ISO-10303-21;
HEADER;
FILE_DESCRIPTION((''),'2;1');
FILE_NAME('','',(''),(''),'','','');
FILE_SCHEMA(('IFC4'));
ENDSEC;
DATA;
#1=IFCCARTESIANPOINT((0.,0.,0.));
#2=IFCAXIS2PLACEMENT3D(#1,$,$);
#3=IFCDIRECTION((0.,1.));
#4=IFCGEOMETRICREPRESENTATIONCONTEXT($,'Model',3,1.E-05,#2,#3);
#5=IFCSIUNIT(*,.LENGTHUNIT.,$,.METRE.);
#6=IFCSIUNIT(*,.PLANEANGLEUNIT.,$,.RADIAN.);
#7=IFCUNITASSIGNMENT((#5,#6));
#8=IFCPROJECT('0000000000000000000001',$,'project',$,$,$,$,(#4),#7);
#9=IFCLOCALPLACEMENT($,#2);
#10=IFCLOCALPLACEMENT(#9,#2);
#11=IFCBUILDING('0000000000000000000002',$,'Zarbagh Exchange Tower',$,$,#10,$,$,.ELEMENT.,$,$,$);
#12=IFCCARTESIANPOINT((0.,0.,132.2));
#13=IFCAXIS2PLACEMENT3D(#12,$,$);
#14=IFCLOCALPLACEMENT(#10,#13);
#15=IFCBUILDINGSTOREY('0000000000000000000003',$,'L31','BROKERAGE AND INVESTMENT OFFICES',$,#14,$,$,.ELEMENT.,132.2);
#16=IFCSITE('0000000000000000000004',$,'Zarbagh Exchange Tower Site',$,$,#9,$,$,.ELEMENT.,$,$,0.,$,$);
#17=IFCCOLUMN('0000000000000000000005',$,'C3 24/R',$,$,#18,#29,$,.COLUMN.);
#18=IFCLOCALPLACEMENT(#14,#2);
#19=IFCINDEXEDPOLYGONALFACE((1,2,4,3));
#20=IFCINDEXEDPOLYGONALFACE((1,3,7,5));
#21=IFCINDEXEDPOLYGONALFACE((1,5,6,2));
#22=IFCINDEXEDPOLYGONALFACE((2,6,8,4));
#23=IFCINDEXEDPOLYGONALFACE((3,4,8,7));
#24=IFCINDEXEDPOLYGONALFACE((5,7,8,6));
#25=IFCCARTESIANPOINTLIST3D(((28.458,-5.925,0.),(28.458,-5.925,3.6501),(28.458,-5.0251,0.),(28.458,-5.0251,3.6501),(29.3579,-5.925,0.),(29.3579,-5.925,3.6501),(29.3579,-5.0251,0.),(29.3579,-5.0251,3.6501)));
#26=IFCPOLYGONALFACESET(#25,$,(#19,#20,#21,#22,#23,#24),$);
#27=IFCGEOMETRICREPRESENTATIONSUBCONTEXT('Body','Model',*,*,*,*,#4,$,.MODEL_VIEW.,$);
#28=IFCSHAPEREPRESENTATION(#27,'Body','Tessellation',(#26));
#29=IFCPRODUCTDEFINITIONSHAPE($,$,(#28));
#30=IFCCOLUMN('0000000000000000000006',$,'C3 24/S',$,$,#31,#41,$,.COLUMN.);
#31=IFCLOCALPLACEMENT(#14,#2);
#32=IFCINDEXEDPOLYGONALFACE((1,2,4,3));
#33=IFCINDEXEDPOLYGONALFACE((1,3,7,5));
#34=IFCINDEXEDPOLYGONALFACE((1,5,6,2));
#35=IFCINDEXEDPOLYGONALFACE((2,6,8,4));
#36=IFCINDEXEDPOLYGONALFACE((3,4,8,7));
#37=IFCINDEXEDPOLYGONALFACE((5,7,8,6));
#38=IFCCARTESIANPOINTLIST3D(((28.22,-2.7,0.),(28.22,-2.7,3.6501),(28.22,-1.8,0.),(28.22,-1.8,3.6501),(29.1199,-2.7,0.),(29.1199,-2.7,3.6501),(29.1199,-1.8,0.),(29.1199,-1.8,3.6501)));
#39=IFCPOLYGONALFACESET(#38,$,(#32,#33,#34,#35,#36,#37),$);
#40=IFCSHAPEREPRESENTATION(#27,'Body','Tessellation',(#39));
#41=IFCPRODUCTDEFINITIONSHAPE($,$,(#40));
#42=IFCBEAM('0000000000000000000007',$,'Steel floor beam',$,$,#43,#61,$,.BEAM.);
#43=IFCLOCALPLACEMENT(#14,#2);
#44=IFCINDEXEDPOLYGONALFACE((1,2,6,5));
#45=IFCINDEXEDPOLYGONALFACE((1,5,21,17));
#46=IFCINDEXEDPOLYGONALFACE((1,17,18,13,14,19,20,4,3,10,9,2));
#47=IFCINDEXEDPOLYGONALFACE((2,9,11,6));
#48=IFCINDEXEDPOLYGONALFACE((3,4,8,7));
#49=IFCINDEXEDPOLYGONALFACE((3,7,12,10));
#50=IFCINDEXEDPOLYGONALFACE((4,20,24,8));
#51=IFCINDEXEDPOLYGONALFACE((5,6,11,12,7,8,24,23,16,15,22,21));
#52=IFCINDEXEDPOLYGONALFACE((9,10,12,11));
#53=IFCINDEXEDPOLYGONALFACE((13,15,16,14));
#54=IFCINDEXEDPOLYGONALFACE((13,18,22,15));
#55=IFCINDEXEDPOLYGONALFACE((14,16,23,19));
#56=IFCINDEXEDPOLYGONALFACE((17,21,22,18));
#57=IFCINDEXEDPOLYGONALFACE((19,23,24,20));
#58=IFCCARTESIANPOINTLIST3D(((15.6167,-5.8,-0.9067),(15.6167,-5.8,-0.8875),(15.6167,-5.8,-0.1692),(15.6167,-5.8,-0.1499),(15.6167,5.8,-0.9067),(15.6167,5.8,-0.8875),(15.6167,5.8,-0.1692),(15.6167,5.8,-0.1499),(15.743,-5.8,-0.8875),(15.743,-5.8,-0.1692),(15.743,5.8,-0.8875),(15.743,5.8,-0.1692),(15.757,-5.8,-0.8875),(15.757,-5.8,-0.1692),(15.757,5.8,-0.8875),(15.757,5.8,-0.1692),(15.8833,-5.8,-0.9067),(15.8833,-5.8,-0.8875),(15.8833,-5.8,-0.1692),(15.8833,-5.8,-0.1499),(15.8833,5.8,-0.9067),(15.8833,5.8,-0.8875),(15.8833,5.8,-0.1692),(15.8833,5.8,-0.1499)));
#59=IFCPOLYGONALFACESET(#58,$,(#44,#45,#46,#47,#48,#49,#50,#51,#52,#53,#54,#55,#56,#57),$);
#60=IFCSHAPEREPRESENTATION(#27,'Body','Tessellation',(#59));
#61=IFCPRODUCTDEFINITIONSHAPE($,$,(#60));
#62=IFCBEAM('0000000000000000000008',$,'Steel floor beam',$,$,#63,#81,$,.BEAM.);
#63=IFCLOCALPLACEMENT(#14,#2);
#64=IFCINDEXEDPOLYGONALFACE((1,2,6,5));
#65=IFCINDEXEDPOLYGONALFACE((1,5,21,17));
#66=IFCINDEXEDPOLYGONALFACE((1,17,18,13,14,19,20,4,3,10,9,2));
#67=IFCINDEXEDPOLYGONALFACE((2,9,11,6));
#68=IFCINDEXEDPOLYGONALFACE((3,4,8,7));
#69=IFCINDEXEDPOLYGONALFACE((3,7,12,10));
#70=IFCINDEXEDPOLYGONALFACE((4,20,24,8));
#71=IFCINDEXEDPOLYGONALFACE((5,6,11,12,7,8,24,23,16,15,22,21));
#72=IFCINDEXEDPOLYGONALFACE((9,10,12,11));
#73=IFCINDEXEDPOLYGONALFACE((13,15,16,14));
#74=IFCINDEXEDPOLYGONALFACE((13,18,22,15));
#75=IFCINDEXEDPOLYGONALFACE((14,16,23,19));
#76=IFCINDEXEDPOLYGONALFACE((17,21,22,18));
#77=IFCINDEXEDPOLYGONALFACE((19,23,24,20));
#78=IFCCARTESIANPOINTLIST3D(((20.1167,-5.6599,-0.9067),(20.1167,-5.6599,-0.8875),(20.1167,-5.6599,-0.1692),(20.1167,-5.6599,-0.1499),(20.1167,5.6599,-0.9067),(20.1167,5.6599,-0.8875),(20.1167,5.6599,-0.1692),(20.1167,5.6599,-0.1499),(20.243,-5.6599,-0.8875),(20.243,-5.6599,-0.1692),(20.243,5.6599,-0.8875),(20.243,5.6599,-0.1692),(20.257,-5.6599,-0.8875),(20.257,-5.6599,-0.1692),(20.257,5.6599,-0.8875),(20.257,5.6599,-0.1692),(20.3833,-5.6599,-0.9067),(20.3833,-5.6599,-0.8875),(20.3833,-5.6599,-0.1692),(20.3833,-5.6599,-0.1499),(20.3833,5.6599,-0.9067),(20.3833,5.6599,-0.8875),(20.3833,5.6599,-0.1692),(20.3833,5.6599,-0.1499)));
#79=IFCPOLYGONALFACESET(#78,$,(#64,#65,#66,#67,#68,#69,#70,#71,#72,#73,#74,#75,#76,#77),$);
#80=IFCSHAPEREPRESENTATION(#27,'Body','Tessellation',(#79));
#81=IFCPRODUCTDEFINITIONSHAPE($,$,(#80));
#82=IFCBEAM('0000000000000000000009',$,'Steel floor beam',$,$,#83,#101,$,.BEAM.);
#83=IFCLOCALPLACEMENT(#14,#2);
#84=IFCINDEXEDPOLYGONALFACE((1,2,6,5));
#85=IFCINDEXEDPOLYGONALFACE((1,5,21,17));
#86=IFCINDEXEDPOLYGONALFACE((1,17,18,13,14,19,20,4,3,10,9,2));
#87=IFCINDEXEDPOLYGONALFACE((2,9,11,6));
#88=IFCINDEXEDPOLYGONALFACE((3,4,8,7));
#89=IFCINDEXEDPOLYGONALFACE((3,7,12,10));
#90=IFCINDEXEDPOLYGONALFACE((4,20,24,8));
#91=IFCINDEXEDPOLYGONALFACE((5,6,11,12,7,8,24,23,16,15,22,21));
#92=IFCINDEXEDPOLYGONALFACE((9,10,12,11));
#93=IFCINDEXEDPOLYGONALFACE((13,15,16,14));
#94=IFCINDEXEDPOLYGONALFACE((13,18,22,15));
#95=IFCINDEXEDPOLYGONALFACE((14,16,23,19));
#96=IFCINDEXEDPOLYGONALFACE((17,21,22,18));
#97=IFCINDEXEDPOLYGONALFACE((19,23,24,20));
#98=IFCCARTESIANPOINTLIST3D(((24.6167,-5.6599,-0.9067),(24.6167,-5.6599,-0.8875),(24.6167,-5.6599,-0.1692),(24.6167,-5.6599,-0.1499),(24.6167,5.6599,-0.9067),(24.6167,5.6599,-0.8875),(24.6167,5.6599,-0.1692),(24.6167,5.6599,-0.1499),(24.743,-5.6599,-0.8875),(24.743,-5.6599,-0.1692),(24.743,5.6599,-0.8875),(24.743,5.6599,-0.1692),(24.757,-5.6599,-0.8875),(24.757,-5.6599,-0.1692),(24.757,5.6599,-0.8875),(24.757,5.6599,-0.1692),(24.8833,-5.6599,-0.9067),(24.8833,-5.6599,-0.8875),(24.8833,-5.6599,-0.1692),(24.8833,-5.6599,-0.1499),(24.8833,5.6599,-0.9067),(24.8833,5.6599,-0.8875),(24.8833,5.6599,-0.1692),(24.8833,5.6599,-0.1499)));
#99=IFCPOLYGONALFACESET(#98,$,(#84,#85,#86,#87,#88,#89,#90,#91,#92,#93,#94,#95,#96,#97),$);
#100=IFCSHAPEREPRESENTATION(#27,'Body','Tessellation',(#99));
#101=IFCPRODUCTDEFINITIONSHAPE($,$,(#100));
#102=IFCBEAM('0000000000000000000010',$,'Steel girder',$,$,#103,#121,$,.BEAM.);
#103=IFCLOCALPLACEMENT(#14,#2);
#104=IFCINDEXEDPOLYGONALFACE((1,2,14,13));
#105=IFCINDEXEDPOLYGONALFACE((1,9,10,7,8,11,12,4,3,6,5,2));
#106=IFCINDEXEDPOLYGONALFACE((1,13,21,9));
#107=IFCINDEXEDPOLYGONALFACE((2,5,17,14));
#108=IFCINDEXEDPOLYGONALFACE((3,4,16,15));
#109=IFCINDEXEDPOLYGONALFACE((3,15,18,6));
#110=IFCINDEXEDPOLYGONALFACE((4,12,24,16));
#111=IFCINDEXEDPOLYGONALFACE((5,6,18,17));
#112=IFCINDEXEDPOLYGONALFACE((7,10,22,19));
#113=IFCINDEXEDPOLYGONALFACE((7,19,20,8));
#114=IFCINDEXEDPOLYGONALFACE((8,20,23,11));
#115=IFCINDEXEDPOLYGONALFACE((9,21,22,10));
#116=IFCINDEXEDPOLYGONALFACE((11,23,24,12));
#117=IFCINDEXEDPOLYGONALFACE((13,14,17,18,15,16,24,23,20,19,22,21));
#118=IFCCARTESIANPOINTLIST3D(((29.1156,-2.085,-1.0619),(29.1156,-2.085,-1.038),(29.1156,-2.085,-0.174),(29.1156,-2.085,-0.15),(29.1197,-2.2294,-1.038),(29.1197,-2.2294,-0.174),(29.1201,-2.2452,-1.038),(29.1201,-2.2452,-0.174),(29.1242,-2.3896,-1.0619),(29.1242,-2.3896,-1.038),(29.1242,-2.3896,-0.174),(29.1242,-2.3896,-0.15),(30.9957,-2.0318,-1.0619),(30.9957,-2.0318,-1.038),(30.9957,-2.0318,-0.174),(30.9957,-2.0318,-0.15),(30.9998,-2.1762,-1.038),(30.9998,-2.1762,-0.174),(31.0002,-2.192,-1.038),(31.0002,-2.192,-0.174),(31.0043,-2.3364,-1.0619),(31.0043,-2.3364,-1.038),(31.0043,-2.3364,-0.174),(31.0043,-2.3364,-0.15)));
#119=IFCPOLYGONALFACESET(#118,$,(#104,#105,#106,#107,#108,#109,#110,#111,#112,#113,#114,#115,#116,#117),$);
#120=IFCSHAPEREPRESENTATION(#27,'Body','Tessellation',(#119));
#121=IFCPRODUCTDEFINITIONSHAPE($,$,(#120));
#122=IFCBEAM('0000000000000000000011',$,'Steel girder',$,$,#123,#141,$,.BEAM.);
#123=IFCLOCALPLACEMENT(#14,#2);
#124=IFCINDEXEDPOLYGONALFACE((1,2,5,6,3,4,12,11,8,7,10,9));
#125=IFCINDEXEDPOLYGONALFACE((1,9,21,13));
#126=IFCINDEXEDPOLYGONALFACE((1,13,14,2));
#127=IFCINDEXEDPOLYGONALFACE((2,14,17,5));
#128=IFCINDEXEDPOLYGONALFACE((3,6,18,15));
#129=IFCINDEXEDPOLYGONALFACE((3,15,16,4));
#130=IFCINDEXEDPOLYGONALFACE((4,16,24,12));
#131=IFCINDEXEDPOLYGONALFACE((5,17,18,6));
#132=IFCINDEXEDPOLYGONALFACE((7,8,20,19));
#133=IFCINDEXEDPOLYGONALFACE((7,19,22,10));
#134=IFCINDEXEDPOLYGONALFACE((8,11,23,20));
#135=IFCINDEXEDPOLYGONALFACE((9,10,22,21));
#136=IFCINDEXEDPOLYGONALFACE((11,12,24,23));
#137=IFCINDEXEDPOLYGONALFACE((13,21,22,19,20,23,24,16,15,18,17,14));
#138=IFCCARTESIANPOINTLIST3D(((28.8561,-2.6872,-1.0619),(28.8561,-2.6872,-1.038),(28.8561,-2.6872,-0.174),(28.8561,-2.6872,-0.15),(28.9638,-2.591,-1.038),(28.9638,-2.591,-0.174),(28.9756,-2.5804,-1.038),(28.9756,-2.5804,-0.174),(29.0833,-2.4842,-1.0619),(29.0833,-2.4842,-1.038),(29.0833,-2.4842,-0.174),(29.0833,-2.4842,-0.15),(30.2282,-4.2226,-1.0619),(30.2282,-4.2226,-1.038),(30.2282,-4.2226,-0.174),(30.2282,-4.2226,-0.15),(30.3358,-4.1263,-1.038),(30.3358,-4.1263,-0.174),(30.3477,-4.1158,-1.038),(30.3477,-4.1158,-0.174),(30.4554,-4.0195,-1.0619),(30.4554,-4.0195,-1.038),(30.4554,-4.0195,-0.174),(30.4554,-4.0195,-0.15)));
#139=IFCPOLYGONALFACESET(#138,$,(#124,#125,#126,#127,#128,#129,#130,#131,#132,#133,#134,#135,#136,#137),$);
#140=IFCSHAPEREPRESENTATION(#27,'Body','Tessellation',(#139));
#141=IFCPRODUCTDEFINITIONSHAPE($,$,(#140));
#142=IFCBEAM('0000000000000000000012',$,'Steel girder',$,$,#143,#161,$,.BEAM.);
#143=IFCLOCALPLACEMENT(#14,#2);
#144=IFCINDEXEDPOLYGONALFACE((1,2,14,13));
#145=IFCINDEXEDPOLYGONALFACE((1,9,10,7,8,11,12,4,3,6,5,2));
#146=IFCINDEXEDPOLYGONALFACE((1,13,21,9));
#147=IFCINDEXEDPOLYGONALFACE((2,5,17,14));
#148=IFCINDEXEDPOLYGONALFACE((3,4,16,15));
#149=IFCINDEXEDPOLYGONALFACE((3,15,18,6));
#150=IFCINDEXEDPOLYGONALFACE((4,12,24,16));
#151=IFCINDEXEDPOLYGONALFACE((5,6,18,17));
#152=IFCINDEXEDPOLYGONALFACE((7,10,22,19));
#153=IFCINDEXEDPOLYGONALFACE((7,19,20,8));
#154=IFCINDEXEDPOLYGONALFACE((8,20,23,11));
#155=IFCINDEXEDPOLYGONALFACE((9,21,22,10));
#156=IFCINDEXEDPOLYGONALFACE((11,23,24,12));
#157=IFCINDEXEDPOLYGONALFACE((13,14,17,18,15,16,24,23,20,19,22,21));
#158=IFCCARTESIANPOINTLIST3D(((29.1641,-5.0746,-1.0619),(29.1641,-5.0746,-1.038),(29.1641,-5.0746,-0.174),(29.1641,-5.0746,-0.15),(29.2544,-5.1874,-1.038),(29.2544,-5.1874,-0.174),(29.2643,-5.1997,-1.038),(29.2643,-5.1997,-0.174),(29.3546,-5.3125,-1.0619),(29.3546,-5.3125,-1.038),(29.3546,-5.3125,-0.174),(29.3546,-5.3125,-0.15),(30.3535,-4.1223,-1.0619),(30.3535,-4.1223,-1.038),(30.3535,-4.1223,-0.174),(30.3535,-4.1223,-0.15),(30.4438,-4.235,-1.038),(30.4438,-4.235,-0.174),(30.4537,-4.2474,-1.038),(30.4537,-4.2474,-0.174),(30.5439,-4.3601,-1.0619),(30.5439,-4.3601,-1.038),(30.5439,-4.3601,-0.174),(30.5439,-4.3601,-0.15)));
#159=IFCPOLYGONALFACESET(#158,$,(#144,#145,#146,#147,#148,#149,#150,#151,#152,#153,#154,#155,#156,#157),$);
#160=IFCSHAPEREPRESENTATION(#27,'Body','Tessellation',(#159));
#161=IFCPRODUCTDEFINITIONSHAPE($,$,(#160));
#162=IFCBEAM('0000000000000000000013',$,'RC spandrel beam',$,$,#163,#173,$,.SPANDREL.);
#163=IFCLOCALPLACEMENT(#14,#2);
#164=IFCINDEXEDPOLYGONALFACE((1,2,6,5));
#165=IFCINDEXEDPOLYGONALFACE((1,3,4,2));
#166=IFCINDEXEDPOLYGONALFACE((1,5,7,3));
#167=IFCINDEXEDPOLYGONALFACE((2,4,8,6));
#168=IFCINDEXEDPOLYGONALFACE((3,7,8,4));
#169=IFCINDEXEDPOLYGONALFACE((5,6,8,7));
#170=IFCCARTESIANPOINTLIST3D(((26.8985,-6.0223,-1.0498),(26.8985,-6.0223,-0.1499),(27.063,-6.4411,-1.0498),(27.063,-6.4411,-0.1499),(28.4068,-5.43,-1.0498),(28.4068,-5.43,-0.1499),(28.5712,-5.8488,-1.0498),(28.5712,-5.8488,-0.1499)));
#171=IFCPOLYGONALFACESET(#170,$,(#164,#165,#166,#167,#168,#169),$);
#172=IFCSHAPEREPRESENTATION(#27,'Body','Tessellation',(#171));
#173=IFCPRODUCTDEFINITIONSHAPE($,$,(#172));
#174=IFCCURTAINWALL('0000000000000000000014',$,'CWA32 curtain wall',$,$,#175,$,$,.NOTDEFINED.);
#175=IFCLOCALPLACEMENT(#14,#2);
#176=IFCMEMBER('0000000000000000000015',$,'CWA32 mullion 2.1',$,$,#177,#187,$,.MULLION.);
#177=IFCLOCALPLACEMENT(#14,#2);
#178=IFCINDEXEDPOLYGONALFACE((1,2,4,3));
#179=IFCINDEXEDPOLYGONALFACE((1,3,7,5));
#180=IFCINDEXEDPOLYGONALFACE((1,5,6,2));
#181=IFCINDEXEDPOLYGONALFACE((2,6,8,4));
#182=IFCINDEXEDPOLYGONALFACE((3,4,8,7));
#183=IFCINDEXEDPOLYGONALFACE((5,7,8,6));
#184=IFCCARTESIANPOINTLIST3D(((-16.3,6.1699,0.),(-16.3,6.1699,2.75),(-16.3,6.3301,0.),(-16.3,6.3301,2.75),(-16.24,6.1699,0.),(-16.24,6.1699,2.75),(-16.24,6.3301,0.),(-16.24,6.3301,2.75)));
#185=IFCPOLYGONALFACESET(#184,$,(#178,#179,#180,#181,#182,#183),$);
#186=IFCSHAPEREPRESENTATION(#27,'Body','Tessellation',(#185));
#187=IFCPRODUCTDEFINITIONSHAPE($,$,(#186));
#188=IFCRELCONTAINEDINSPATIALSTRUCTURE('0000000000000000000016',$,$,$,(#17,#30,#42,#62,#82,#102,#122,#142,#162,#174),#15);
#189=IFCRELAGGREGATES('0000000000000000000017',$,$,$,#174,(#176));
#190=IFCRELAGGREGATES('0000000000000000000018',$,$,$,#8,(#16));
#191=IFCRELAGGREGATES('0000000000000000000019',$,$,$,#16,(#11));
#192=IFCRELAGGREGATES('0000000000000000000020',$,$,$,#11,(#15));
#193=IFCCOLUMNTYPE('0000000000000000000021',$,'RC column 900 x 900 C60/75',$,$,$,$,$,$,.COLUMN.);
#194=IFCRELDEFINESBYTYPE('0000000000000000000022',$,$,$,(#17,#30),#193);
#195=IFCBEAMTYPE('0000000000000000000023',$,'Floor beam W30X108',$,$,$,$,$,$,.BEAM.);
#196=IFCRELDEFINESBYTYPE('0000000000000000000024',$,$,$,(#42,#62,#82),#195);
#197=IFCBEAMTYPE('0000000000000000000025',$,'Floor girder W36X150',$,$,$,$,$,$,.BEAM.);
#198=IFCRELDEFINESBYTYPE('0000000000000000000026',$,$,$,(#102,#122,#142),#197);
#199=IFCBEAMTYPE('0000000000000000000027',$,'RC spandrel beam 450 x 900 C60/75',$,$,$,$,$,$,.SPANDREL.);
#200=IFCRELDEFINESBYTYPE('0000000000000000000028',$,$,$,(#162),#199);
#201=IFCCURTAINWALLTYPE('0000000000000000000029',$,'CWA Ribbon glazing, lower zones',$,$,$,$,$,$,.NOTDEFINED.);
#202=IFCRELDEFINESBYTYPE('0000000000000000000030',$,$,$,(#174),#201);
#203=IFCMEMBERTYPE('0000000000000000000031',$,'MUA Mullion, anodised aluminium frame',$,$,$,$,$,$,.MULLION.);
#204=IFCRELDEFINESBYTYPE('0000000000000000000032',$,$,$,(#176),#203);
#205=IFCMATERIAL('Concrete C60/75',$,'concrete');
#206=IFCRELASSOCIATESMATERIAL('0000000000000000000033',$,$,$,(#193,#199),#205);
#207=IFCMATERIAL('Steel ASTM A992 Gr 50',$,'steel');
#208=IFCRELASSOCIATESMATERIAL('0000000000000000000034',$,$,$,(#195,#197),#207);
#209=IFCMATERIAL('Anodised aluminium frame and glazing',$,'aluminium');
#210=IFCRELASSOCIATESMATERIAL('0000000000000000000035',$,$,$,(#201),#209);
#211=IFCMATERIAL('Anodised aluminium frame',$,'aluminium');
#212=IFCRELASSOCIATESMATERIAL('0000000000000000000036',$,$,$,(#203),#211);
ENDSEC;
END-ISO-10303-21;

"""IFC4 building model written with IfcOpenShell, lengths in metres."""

from ifc_helpers import new_model, si_unit, direction, frame, origin, origin_2d, place, context, subcontext, project, spatial, polyline, rectangle, i_section, outline, extrude, source, transform, mapped, material, material_profile, profile_set, type_object, element, aggregate, save


model = new_model("IFC4")

# Units and contexts
model_context = context("Model", 3, precision=1e-05, world=origin(), true_north=direction((0.0, 1.0)))
body_context = subcontext(model_context, "Body", "Model", "MODEL_VIEW")
ifc_project = project(units=[si_unit("LENGTHUNIT", "METRE"), si_unit("PLANEANGLEUNIT", "RADIAN")], contexts=[model_context])

# Site, building, storey
site_placement = place(None, origin())
site = spatial("IfcSite", under=ifc_project, at=site_placement, Name="Zarbagh Exchange Tower Site", CompositionType="ELEMENT", RefElevation=0.0)
building_placement = place(site_placement, origin())
building = spatial("IfcBuilding", under=site, at=building_placement, Name="Zarbagh Exchange Tower", CompositionType="ELEMENT")
storey_placement = place(building_placement, frame((0.0, 0.0, 132.2)))
storey = spatial("IfcBuildingStorey", under=building, at=storey_placement, Name="L31", Description="BROKERAGE AND INVESTMENT OFFICES", CompositionType="ELEMENT", Elevation=132.2)

# Columns
ifc_material_1 = material(Name="Concrete C60/75", Category="concrete")
ifc_material_profile_1 = material_profile(ifc_material_1, rectangle(XDim=0.8999, YDim=0.8999, at=origin_2d()), Name="RC column 900 x 900 C60/75")
ifc_profile_set_1 = profile_set([ifc_material_profile_1], Name="Concrete C60/75")
column_type = type_object("IfcColumnType", Name="RC column 900 x 900 C60/75", PredefinedType="COLUMN", material=ifc_profile_set_1)
for number, where, z_axis, x_axis, name in (
    (1, (28.908, -5.4751, 0.0), (0.0, 0.0, 1.0), (1.0, 0.0, 0.0), "C3 24/R"),
    (2, (28.6699, -2.25, 0.0), (0.0, 0.0, 1.0), (1.0, 0.0, 0.0), "C3 24/S"),
):
    element("IfcColumn", number, at=place(storey_placement, frame(where, z_axis=z_axis, x_axis=x_axis)), inside=storey, type_object=column_type, Name=name, PredefinedType="COLUMN", context=body_context, shape_type="SweptSolid", body=[
        extrude(rectangle(XDim=0.8999, YDim=0.8999, at=origin_2d()), origin(), (0.0, 0.0, 1.0), 3.6501),
    ])

# Beams
ifc_material_2 = material(Name="Steel ASTM A992 Gr 50", Category="steel")
ifc_material_profile_2 = material_profile(ifc_material_2, i_section(OverallWidth=0.2666, OverallDepth=0.7568, WebThickness=0.0139, FlangeThickness=0.0193, at=origin_2d()), Name="W30X108")
ifc_profile_set_2 = profile_set([ifc_material_profile_2], Name="Steel ASTM A992 Gr 50")
beam_type_1 = type_object("IfcBeamType", Name="Floor beam W30X108", PredefinedType="BEAM", material=ifc_profile_set_2)
beam_1_placement = place(storey_placement, frame((15.75, -5.8, -0.5283), z_axis=(0.0, 1.0, 0.0), x_axis=(-1.0, 0.0, 0.0)))
element("IfcBeam", 3, at=beam_1_placement, inside=storey, type_object=beam_type_1, Name="Steel floor beam", PredefinedType="BEAM", context=body_context, shape_type="SweptSolid", body=[
    extrude(i_section(OverallWidth=0.2666, OverallDepth=0.7568, WebThickness=0.0139, FlangeThickness=0.0193, at=origin_2d()), origin(), (0.0, 0.0, 1.0), 11.6001),
])
for number, where, z_axis, x_axis, name in (
    (4, (20.25, -5.6599, -0.5283), (0.0, 1.0, 0.0), (-1.0, 0.0, 0.0), "Steel floor beam"),
    (5, (24.75, -5.6599, -0.5283), (0.0, 1.0, 0.0), (-1.0, 0.0, 0.0), "Steel floor beam"),
):
    element("IfcBeam", number, at=place(storey_placement, frame(where, z_axis=z_axis, x_axis=x_axis)), inside=storey, type_object=beam_type_1, Name=name, PredefinedType="BEAM", context=body_context, shape_type="SweptSolid", body=[
        extrude(i_section(OverallWidth=0.2666, OverallDepth=0.7568, WebThickness=0.0139, FlangeThickness=0.0193, at=origin_2d()), origin(), (0.0, 0.0, 1.0), 11.3198),
    ])
ifc_material_profile_3 = material_profile(ifc_material_2, i_section(OverallWidth=0.3047, OverallDepth=0.9119, WebThickness=0.0159, FlangeThickness=0.0239, at=origin_2d()), Name="W36X150")
ifc_profile_set_3 = profile_set([ifc_material_profile_3], Name="Steel ASTM A992 Gr 50")
beam_type_2 = type_object("IfcBeamType", Name="Floor girder W36X150", PredefinedType="BEAM", material=ifc_profile_set_3)
beam_2_placement = place(storey_placement, frame((31.0, -2.1841, -0.606), z_axis=(-0.9996, -0.028297, 0.0), x_axis=(0.028297, -0.9996, 0.0)))
element("IfcBeam", 6, at=beam_2_placement, inside=storey, type_object=beam_type_2, Name="Steel girder", PredefinedType="BEAM", context=body_context, shape_type="SweptSolid", body=[
    extrude(i_section(OverallWidth=0.3047, OverallDepth=0.9119, WebThickness=0.0159, FlangeThickness=0.0239, at=origin_2d()), origin(), (0.0, 0.0, 1.0), 1.8809),
])
beam_3_placement = place(storey_placement, frame((28.9697, -2.5857, -0.606), z_axis=(0.666334, -0.745654, 0.0), x_axis=(0.745654, 0.666334, 0.0)))
element("IfcBeam", 7, at=beam_3_placement, inside=storey, type_object=beam_type_2, Name="Steel girder", PredefinedType="BEAM", context=body_context, shape_type="SweptSolid", body=[
    extrude(i_section(OverallWidth=0.3047, OverallDepth=0.9119, WebThickness=0.0159, FlangeThickness=0.0239, at=origin_2d()), origin(), (0.0, 0.0, 1.0), 2.0591),
])
beam_4_placement = place(storey_placement, frame((30.4487, -4.2412, -0.606), z_axis=(-0.780603, -0.625027, 0.0), x_axis=(0.625027, -0.780603, 0.0)))
element("IfcBeam", 8, at=beam_4_placement, inside=storey, type_object=beam_type_2, Name="Steel girder", PredefinedType="BEAM", context=body_context, shape_type="SweptSolid", body=[
    extrude(i_section(OverallWidth=0.3047, OverallDepth=0.9119, WebThickness=0.0159, FlangeThickness=0.0239, at=origin_2d()), origin(), (0.0, 0.0, 1.0), 1.5237),
])
ifc_material_profile_4 = material_profile(ifc_material_1, rectangle(XDim=0.45, YDim=0.8999, at=origin_2d()), Name="RC spandrel beam 450 x 900 C60/75")
ifc_profile_set_4 = profile_set([ifc_material_profile_4], Name="Concrete C60/75")
beam_type_3 = type_object("IfcBeamType", Name="RC spandrel beam 450 x 900 C60/75", PredefinedType="SPANDREL", material=ifc_profile_set_4)
beam_5_placement = place(storey_placement, frame((28.489, -5.6394, -0.5999), z_axis=(-0.930806, -0.365513, 0.0), x_axis=(0.365513, -0.930806, 0.0)))
element("IfcBeam", 9, at=beam_5_placement, inside=storey, type_object=beam_type_3, Name="RC spandrel beam", PredefinedType="SPANDREL", context=body_context, shape_type="SweptSolid", body=[
    extrude(rectangle(XDim=0.45, YDim=0.8999, at=origin_2d()), origin(), (0.0, 0.0, 1.0), 1.6204),
])

# Curtain wall, member
ifc_material_3 = material(Name="Anodised aluminium frame and glazing", Category="aluminium")
curtain_wall_type = type_object("IfcCurtainWallType", Name="CWA Ribbon glazing, lower zones", PredefinedType="NOTDEFINED", material=ifc_material_3)
curtain_wall_1_placement = place(storey_placement, origin())
curtain_wall_1 = element("IfcCurtainWall", 10, at=curtain_wall_1_placement, inside=storey, type_object=curtain_wall_type, Name="CWA32 curtain wall", PredefinedType="NOTDEFINED")
ifc_material_4 = material(Name="Anodised aluminium frame", Category="aluminium")
member_type_1 = type_object("IfcMemberType", Name="MUA Mullion, anodised aluminium frame", PredefinedType="MULLION", material=ifc_material_4)
shared_shape_1 = source(origin(), body_context, "Body", "SweptSolid", [
    extrude(outline(polyline([(0.0, -0.0801), (0.0601, -0.0801), (0.0601, 0.0801), (0.0, 0.0801), (0.0, -0.0801)])), origin(), (0.0, 0.0, 1.0), 2.75),
])
placement = place(storey_placement, origin())
member_1 = element("IfcMember", 11, at=placement, type_object=member_type_1, Name="CWA32 mullion 2.1", PredefinedType="MULLION", context=body_context, shape_type="MappedRepresentation", body=[
    mapped(shared_shape_1, transform((-16.24, 6.25, 0.0), x_axis=(-1.0, 0.0, 0.0), y_axis=(0.0, -1.0, 0.0), z_axis=(0.0, 0.0, 1.0))),
])

aggregate(curtain_wall_1, [member_1])

save(model, "model.ifc")
